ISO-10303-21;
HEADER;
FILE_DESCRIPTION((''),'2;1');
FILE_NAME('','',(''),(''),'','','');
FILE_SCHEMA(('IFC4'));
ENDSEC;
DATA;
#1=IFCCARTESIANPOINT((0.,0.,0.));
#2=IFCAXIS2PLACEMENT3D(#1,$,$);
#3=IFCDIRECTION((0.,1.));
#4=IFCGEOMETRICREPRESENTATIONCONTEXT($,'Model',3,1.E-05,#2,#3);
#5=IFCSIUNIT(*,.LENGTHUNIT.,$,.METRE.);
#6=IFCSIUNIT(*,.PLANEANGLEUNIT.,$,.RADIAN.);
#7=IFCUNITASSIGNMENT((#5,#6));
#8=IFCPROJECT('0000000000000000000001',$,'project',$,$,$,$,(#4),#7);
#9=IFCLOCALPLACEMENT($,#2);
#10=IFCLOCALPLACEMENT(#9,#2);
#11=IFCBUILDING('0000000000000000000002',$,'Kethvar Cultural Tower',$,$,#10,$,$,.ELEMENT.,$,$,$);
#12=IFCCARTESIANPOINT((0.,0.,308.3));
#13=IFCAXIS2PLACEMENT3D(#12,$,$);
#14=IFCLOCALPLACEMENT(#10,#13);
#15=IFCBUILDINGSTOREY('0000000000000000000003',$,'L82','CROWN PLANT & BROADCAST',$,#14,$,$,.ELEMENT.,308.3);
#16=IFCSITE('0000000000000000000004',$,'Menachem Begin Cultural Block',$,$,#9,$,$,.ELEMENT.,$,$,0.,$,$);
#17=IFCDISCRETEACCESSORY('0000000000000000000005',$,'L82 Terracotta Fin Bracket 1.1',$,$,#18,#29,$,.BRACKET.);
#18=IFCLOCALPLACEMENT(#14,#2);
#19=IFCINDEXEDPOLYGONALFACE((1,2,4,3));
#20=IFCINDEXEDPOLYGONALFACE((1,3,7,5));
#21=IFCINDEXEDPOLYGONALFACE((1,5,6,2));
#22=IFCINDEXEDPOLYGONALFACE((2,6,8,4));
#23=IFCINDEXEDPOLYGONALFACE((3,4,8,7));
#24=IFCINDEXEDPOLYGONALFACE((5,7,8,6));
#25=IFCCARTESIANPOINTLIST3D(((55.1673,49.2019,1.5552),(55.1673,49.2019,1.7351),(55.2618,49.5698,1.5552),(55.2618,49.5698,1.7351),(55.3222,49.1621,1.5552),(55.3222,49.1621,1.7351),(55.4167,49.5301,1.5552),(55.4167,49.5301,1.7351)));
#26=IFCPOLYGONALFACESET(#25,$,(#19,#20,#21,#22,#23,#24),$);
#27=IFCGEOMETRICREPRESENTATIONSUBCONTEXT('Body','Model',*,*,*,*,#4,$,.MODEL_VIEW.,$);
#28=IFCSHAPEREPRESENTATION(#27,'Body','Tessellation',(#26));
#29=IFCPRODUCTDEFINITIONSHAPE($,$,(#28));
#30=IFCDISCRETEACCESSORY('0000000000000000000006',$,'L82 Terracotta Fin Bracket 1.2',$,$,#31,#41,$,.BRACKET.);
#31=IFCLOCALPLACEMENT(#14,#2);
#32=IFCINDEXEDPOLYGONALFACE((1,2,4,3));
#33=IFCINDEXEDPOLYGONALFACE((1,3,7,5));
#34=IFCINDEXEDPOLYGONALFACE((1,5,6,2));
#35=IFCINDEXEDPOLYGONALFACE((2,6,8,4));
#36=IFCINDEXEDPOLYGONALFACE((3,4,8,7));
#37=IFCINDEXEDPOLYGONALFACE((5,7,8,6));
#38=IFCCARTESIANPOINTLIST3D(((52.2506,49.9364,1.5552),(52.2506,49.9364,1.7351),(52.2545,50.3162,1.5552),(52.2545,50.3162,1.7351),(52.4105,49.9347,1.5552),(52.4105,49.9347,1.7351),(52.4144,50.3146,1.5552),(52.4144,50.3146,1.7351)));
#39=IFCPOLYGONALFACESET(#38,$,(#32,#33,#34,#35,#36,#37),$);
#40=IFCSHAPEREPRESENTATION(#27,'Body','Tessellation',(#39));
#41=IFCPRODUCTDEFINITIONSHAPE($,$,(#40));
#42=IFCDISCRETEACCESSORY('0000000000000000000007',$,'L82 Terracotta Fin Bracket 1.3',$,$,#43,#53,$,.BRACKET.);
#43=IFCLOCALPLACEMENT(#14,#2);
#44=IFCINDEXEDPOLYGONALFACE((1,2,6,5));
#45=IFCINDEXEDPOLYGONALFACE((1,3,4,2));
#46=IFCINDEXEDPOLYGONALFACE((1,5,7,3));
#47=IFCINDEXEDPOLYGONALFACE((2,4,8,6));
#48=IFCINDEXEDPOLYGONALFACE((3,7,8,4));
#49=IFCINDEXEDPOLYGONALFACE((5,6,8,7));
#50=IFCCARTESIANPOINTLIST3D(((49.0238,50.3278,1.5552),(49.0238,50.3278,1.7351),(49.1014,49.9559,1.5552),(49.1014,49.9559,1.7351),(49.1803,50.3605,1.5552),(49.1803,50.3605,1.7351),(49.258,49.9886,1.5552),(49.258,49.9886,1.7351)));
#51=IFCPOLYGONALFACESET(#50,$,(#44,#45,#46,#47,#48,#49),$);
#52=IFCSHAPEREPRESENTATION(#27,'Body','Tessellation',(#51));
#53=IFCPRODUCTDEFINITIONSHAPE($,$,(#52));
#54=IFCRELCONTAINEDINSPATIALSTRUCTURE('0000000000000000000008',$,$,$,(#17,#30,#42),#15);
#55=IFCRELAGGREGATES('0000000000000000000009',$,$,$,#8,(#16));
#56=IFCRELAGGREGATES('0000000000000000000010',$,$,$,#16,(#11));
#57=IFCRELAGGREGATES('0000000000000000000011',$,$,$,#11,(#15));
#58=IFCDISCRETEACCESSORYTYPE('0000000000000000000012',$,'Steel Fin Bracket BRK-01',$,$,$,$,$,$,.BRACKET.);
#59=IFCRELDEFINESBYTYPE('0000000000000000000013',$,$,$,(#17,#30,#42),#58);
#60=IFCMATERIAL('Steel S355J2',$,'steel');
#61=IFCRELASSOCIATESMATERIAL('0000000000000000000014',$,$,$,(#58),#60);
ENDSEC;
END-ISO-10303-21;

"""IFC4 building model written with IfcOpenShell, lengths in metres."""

from ifc_helpers import new_model, si_unit, direction, frame, origin, origin_2d, place, context, subcontext, project, spatial, rectangle, extrude, source, transform, mapped, material, type_object, element, save


model = new_model("IFC4")

# Units and contexts
model_context = context("Model", 3, precision=1e-05, world=origin(), true_north=direction((0.0, 1.0)))
body_context = subcontext(model_context, "Body", "Model", "MODEL_VIEW")
ifc_project = project(units=[si_unit("LENGTHUNIT", "METRE"), si_unit("PLANEANGLEUNIT", "RADIAN")], contexts=[model_context])

# Site, building, storey
site_placement = place(None, origin())
site = spatial("IfcSite", under=ifc_project, at=site_placement, Name="Menachem Begin Cultural Block", CompositionType="ELEMENT", RefElevation=0.0)
building_placement = place(site_placement, origin())
building = spatial("IfcBuilding", under=site, at=building_placement, Name="Kethvar Cultural Tower", CompositionType="ELEMENT")
storey_placement = place(building_placement, frame((0.0, 0.0, 308.3)))
storey = spatial("IfcBuildingStorey", under=building, at=storey_placement, Name="L82", Description="CROWN PLANT & BROADCAST", CompositionType="ELEMENT", Elevation=308.3)

# Shared definitions
ifc_material_1 = material(Name="Steel S355J2", Category="steel")

# Discrete accessories
discrete_accessory_type = type_object("IfcDiscreteAccessoryType", Name="Steel Fin Bracket BRK-01", PredefinedType="BRACKET", material=ifc_material_1)
shared_shape_1 = source(origin(), body_context, "Body", "SweptSolid", [
    extrude(rectangle(XDim=0.3799, YDim=0.1599, at=origin_2d()), origin(), (0.0, 0.0, 1.0), 0.1799),
])
for number, where, z_axis, x_axis, name in (
    (1, (55.292, 49.366, 1.5552), (0.0, 0.0, 1.0), (0.24869, 0.968583, 0.0), "L82 Terracotta Fin Bracket 1.1"),
    (2, (52.3325, 50.1255, 1.5552), (0.0, 0.0, 1.0), (0.010297, 0.999947, 0.0), "L82 Terracotta Fin Bracket 1.2"),
    (3, (49.1409, 50.1582, 1.5552), (0.0, 0.0, 1.0), (-0.204496, 0.978867, 0.0), "L82 Terracotta Fin Bracket 1.3"),
):
    element("IfcDiscreteAccessory", number, at=place(storey_placement, frame(where, z_axis=z_axis, x_axis=x_axis)), inside=storey, type_object=discrete_accessory_type, Name=name, PredefinedType="BRACKET", context=body_context, shape_type="MappedRepresentation", body=[
        mapped(shared_shape_1, transform((0.0, 0.0, 0.0), scale=1.0)),
    ])

save(model, "model.ifc")
